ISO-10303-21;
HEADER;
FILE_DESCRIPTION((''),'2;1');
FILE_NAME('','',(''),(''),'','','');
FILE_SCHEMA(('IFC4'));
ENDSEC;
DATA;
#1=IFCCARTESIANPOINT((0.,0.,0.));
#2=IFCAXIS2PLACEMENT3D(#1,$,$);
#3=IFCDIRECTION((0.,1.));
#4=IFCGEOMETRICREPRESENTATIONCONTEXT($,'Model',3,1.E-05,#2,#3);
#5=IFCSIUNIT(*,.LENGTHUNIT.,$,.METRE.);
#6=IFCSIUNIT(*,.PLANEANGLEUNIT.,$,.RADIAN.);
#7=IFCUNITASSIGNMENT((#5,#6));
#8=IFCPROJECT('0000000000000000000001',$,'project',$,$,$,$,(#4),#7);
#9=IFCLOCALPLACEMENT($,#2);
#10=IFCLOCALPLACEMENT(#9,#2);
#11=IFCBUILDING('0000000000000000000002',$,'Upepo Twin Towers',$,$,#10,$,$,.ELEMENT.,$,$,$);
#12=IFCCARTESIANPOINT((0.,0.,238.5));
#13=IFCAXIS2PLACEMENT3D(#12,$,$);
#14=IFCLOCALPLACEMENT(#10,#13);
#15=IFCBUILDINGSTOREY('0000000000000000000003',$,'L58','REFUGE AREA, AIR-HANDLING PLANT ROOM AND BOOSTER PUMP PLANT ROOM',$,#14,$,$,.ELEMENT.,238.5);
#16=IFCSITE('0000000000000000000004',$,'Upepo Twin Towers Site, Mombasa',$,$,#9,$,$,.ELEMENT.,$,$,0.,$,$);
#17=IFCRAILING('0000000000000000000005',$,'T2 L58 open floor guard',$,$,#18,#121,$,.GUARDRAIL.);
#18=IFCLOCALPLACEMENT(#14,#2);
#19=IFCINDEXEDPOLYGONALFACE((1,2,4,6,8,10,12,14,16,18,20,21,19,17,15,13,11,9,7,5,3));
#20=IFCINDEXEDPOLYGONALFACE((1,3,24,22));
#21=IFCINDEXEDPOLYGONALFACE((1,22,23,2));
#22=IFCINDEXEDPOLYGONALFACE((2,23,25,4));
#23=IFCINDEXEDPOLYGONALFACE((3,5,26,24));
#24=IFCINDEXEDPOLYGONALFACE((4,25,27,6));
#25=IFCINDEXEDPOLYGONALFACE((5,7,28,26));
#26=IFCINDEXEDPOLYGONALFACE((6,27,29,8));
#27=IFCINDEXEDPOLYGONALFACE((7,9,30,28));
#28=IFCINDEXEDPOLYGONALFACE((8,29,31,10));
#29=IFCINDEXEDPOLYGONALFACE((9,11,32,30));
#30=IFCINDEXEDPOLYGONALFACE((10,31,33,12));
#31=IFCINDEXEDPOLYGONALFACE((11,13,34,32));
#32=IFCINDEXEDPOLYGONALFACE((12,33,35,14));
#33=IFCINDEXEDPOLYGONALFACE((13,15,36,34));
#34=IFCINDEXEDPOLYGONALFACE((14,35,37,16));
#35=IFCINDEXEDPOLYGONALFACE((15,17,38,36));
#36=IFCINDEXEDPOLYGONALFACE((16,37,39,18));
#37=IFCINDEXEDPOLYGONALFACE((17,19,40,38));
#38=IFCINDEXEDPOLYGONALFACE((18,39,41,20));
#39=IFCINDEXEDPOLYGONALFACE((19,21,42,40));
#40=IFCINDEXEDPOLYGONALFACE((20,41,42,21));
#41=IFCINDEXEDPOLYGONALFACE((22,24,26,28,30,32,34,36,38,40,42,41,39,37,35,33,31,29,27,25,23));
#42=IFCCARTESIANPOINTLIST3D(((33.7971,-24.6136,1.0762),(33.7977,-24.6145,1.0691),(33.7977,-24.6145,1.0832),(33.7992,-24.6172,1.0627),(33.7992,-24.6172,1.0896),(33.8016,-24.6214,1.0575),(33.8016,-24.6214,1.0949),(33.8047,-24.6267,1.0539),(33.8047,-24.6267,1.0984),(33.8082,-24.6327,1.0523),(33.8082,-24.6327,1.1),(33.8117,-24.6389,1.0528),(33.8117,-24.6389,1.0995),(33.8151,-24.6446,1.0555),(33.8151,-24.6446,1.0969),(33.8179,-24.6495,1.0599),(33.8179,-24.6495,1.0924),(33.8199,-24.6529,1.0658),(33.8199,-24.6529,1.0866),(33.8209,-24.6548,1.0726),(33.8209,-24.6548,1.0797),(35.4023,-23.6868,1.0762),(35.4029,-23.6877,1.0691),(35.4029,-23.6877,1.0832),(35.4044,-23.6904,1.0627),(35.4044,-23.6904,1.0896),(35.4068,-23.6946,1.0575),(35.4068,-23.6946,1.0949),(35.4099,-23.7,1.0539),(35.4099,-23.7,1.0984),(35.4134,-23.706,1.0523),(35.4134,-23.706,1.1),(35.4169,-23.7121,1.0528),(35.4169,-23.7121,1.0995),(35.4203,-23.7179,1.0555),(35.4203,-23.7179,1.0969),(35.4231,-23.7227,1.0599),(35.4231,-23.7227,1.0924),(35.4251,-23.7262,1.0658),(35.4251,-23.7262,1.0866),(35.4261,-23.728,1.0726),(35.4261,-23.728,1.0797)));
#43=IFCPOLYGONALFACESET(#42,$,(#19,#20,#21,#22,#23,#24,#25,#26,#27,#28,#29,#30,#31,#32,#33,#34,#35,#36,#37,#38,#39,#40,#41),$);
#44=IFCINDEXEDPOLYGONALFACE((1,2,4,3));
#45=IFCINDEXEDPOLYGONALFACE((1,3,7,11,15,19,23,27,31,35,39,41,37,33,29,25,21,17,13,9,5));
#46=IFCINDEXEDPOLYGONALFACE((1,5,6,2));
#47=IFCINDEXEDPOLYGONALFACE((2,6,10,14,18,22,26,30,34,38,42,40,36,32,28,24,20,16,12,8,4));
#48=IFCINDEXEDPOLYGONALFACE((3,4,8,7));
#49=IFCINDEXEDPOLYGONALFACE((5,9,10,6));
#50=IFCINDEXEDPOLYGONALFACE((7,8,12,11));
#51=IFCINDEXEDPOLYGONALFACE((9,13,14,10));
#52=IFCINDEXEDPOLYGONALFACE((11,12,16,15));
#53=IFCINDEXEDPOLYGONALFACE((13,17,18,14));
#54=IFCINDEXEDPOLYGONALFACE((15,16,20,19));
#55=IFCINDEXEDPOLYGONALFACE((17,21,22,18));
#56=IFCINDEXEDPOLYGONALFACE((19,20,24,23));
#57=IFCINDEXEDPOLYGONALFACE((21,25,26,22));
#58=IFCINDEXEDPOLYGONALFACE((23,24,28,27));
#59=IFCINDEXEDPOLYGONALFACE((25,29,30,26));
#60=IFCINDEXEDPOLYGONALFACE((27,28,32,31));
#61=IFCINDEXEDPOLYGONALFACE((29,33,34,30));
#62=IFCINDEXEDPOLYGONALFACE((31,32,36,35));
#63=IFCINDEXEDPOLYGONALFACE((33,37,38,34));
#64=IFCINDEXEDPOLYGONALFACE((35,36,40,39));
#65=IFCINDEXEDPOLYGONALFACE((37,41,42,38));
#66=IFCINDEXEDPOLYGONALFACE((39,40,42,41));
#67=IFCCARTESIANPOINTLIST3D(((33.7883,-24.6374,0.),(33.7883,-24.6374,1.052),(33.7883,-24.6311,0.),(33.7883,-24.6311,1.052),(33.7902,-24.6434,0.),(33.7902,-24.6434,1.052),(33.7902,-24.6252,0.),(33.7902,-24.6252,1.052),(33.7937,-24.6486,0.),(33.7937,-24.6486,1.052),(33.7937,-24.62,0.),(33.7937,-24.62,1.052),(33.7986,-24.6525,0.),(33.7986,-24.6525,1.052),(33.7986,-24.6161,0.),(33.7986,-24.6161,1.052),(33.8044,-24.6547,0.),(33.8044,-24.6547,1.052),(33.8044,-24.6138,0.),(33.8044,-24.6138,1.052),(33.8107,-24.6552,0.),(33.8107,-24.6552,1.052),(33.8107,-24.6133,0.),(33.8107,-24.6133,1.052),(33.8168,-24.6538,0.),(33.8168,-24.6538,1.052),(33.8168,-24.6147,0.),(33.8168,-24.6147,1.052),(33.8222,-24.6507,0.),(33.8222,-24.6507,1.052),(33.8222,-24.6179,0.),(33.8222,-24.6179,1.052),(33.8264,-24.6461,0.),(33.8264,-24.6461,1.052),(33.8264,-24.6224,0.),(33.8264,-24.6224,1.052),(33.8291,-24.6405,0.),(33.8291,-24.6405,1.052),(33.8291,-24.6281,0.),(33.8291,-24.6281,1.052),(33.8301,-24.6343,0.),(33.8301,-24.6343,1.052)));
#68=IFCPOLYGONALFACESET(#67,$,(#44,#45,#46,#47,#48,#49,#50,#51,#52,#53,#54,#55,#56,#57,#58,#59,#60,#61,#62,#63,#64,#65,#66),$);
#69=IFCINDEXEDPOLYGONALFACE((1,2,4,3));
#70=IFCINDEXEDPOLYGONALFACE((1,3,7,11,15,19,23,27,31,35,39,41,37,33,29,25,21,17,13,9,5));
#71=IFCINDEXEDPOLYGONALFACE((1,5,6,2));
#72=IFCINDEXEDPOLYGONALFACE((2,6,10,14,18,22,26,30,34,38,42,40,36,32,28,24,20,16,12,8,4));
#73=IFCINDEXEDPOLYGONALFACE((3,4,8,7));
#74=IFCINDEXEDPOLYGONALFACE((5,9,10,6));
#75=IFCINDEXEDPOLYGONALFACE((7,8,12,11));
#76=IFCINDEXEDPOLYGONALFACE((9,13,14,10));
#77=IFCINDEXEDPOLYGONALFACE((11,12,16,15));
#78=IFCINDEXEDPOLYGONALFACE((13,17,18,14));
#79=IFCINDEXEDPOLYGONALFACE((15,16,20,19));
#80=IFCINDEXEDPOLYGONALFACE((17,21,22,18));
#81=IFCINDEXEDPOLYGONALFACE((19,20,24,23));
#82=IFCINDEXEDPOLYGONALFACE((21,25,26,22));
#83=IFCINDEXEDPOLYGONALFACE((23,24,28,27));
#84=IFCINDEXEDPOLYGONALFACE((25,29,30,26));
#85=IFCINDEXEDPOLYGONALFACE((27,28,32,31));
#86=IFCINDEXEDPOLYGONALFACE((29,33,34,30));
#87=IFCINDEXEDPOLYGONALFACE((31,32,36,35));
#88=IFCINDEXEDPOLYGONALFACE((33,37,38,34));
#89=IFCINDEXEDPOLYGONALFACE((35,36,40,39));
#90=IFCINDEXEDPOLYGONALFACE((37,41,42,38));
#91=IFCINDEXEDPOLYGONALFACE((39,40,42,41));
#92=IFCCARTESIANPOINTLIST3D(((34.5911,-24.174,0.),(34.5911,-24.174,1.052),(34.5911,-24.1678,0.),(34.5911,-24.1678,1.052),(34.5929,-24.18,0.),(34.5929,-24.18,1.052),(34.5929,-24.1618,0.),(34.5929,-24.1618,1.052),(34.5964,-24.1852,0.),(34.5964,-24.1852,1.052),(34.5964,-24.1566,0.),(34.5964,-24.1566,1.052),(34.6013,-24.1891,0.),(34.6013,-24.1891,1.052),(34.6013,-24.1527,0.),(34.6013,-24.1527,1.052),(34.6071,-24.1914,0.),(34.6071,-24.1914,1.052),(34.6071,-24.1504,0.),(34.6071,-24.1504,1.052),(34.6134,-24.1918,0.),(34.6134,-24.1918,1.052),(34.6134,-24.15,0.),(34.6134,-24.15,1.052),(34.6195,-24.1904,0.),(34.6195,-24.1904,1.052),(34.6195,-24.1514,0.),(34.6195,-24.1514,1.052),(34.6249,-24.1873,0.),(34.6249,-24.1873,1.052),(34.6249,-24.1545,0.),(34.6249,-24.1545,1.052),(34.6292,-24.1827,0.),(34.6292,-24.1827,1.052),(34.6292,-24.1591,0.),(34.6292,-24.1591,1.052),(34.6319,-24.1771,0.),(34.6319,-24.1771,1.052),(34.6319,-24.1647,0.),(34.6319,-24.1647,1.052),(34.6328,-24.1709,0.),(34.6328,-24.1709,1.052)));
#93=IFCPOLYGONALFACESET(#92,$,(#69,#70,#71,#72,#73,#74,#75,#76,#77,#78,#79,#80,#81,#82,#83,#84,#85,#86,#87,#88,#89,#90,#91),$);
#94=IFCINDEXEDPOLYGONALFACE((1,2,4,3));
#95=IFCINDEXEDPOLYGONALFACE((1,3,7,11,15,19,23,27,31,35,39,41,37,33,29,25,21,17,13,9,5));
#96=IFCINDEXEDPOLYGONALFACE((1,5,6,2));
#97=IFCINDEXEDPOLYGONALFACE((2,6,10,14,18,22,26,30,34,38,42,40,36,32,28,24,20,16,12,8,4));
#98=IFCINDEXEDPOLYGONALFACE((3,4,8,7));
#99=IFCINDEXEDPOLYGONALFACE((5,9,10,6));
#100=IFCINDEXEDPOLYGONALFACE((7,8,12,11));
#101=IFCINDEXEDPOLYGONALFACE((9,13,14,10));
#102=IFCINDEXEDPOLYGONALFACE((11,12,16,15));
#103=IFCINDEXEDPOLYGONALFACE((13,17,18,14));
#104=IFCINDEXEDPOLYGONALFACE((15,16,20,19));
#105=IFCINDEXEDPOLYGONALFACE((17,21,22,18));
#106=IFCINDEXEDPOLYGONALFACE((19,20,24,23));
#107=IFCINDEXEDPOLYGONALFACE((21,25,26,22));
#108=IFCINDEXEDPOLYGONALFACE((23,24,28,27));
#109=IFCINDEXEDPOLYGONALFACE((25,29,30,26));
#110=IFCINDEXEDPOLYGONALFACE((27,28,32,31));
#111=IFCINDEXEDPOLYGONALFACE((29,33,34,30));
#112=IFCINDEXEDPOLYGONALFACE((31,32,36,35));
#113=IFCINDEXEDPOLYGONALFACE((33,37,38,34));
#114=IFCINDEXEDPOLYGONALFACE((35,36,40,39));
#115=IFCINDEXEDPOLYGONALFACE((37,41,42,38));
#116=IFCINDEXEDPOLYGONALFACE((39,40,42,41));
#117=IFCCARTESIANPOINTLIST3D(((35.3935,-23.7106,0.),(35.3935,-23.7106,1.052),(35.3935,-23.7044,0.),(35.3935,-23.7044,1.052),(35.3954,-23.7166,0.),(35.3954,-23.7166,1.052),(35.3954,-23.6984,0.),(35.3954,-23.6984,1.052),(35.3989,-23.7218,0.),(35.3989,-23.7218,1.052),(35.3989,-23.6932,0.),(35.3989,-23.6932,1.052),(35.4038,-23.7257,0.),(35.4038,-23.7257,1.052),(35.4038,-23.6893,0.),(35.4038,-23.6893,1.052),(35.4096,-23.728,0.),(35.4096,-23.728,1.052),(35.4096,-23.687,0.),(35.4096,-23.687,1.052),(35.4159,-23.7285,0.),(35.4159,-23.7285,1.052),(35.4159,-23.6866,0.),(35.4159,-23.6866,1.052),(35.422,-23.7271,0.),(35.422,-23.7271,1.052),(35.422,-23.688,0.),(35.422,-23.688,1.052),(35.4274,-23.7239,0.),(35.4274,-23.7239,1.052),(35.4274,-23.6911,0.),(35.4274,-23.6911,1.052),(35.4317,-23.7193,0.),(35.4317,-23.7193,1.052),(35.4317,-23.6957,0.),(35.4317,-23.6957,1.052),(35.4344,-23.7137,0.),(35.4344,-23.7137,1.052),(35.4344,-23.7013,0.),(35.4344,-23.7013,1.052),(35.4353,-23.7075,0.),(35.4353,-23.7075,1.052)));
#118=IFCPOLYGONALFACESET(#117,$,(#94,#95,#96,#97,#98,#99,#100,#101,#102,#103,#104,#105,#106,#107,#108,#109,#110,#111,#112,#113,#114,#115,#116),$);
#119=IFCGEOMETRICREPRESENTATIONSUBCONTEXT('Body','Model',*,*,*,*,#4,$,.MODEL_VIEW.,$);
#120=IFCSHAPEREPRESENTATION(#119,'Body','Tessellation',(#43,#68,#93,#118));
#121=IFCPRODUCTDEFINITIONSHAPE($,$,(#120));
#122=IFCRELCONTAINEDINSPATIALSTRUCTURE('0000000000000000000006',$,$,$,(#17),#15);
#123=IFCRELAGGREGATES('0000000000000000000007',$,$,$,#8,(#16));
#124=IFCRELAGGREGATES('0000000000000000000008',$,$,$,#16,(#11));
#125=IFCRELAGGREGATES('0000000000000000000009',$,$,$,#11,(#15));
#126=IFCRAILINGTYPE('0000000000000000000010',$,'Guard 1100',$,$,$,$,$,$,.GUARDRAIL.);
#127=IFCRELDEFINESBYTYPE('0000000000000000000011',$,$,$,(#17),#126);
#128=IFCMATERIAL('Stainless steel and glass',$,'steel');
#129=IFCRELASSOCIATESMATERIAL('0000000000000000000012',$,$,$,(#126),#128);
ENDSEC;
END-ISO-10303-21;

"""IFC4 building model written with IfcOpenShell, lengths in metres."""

from ifc_helpers import new_model, si_unit, direction, frame, origin, origin_2d, place, context, subcontext, project, spatial, circle, extrude, material, type_object, element, save


model = new_model("IFC4")

# Units and contexts
model_context = context("Model", 3, precision=1e-05, world=origin(), true_north=direction((0.0, 1.0)))
body_context = subcontext(model_context, "Body", "Model", "MODEL_VIEW")
ifc_project = project(units=[si_unit("LENGTHUNIT", "METRE"), si_unit("PLANEANGLEUNIT", "RADIAN")], contexts=[model_context])

# Site, building, storey
site_placement = place(None, origin())
site = spatial("IfcSite", under=ifc_project, at=site_placement, Name="Upepo Twin Towers Site, Mombasa", CompositionType="ELEMENT", RefElevation=0.0)
building_placement = place(site_placement, origin())
building = spatial("IfcBuilding", under=site, at=building_placement, Name="Upepo Twin Towers", CompositionType="ELEMENT")
storey_placement = place(building_placement, frame((0.0, 0.0, 238.5)))
storey = spatial("IfcBuildingStorey", under=building, at=storey_placement, Name="L58", Description="REFUGE AREA, AIR-HANDLING PLANT ROOM AND BOOSTER PUMP PLANT ROOM", CompositionType="ELEMENT", Elevation=238.5)

# Railing
ifc_material_1 = material(Name="Stainless steel and glass", Category="steel")
railing_type = type_object("IfcRailingType", Name="Guard 1100", PredefinedType="GUARDRAIL", material=ifc_material_1)
railing_1_placement = place(storey_placement, frame((33.8091, -24.6343, 0.0)))
element("IfcRailing", 1, at=railing_1_placement, inside=storey, type_object=railing_type, Name="T2 L58 open floor guard", PredefinedType="GUARDRAIL", context=body_context, shape_type="SweptSolid", body=[
    extrude(circle(Radius=0.0239, at=origin_2d()), frame((0.0, 0.0, 1.0762), z_axis=(0.86603, 0.499992, 0.0), x_axis=(-0.499992, 0.86603, 0.0)), (0.0, 0.0, 1.0), 1.8535),
    extrude(circle(Radius=0.021, at=origin_2d()), origin(), (0.0, 0.0, 1.0), 1.052),
    extrude(circle(Radius=0.021, at=origin_2d()), frame((0.8027, 0.4634, 0.0)), (0.0, 0.0, 1.0), 1.052),
    extrude(circle(Radius=0.021, at=origin_2d()), frame((1.6052, 0.9268, 0.0)), (0.0, 0.0, 1.0), 1.052),
])

save(model, "model.ifc")
